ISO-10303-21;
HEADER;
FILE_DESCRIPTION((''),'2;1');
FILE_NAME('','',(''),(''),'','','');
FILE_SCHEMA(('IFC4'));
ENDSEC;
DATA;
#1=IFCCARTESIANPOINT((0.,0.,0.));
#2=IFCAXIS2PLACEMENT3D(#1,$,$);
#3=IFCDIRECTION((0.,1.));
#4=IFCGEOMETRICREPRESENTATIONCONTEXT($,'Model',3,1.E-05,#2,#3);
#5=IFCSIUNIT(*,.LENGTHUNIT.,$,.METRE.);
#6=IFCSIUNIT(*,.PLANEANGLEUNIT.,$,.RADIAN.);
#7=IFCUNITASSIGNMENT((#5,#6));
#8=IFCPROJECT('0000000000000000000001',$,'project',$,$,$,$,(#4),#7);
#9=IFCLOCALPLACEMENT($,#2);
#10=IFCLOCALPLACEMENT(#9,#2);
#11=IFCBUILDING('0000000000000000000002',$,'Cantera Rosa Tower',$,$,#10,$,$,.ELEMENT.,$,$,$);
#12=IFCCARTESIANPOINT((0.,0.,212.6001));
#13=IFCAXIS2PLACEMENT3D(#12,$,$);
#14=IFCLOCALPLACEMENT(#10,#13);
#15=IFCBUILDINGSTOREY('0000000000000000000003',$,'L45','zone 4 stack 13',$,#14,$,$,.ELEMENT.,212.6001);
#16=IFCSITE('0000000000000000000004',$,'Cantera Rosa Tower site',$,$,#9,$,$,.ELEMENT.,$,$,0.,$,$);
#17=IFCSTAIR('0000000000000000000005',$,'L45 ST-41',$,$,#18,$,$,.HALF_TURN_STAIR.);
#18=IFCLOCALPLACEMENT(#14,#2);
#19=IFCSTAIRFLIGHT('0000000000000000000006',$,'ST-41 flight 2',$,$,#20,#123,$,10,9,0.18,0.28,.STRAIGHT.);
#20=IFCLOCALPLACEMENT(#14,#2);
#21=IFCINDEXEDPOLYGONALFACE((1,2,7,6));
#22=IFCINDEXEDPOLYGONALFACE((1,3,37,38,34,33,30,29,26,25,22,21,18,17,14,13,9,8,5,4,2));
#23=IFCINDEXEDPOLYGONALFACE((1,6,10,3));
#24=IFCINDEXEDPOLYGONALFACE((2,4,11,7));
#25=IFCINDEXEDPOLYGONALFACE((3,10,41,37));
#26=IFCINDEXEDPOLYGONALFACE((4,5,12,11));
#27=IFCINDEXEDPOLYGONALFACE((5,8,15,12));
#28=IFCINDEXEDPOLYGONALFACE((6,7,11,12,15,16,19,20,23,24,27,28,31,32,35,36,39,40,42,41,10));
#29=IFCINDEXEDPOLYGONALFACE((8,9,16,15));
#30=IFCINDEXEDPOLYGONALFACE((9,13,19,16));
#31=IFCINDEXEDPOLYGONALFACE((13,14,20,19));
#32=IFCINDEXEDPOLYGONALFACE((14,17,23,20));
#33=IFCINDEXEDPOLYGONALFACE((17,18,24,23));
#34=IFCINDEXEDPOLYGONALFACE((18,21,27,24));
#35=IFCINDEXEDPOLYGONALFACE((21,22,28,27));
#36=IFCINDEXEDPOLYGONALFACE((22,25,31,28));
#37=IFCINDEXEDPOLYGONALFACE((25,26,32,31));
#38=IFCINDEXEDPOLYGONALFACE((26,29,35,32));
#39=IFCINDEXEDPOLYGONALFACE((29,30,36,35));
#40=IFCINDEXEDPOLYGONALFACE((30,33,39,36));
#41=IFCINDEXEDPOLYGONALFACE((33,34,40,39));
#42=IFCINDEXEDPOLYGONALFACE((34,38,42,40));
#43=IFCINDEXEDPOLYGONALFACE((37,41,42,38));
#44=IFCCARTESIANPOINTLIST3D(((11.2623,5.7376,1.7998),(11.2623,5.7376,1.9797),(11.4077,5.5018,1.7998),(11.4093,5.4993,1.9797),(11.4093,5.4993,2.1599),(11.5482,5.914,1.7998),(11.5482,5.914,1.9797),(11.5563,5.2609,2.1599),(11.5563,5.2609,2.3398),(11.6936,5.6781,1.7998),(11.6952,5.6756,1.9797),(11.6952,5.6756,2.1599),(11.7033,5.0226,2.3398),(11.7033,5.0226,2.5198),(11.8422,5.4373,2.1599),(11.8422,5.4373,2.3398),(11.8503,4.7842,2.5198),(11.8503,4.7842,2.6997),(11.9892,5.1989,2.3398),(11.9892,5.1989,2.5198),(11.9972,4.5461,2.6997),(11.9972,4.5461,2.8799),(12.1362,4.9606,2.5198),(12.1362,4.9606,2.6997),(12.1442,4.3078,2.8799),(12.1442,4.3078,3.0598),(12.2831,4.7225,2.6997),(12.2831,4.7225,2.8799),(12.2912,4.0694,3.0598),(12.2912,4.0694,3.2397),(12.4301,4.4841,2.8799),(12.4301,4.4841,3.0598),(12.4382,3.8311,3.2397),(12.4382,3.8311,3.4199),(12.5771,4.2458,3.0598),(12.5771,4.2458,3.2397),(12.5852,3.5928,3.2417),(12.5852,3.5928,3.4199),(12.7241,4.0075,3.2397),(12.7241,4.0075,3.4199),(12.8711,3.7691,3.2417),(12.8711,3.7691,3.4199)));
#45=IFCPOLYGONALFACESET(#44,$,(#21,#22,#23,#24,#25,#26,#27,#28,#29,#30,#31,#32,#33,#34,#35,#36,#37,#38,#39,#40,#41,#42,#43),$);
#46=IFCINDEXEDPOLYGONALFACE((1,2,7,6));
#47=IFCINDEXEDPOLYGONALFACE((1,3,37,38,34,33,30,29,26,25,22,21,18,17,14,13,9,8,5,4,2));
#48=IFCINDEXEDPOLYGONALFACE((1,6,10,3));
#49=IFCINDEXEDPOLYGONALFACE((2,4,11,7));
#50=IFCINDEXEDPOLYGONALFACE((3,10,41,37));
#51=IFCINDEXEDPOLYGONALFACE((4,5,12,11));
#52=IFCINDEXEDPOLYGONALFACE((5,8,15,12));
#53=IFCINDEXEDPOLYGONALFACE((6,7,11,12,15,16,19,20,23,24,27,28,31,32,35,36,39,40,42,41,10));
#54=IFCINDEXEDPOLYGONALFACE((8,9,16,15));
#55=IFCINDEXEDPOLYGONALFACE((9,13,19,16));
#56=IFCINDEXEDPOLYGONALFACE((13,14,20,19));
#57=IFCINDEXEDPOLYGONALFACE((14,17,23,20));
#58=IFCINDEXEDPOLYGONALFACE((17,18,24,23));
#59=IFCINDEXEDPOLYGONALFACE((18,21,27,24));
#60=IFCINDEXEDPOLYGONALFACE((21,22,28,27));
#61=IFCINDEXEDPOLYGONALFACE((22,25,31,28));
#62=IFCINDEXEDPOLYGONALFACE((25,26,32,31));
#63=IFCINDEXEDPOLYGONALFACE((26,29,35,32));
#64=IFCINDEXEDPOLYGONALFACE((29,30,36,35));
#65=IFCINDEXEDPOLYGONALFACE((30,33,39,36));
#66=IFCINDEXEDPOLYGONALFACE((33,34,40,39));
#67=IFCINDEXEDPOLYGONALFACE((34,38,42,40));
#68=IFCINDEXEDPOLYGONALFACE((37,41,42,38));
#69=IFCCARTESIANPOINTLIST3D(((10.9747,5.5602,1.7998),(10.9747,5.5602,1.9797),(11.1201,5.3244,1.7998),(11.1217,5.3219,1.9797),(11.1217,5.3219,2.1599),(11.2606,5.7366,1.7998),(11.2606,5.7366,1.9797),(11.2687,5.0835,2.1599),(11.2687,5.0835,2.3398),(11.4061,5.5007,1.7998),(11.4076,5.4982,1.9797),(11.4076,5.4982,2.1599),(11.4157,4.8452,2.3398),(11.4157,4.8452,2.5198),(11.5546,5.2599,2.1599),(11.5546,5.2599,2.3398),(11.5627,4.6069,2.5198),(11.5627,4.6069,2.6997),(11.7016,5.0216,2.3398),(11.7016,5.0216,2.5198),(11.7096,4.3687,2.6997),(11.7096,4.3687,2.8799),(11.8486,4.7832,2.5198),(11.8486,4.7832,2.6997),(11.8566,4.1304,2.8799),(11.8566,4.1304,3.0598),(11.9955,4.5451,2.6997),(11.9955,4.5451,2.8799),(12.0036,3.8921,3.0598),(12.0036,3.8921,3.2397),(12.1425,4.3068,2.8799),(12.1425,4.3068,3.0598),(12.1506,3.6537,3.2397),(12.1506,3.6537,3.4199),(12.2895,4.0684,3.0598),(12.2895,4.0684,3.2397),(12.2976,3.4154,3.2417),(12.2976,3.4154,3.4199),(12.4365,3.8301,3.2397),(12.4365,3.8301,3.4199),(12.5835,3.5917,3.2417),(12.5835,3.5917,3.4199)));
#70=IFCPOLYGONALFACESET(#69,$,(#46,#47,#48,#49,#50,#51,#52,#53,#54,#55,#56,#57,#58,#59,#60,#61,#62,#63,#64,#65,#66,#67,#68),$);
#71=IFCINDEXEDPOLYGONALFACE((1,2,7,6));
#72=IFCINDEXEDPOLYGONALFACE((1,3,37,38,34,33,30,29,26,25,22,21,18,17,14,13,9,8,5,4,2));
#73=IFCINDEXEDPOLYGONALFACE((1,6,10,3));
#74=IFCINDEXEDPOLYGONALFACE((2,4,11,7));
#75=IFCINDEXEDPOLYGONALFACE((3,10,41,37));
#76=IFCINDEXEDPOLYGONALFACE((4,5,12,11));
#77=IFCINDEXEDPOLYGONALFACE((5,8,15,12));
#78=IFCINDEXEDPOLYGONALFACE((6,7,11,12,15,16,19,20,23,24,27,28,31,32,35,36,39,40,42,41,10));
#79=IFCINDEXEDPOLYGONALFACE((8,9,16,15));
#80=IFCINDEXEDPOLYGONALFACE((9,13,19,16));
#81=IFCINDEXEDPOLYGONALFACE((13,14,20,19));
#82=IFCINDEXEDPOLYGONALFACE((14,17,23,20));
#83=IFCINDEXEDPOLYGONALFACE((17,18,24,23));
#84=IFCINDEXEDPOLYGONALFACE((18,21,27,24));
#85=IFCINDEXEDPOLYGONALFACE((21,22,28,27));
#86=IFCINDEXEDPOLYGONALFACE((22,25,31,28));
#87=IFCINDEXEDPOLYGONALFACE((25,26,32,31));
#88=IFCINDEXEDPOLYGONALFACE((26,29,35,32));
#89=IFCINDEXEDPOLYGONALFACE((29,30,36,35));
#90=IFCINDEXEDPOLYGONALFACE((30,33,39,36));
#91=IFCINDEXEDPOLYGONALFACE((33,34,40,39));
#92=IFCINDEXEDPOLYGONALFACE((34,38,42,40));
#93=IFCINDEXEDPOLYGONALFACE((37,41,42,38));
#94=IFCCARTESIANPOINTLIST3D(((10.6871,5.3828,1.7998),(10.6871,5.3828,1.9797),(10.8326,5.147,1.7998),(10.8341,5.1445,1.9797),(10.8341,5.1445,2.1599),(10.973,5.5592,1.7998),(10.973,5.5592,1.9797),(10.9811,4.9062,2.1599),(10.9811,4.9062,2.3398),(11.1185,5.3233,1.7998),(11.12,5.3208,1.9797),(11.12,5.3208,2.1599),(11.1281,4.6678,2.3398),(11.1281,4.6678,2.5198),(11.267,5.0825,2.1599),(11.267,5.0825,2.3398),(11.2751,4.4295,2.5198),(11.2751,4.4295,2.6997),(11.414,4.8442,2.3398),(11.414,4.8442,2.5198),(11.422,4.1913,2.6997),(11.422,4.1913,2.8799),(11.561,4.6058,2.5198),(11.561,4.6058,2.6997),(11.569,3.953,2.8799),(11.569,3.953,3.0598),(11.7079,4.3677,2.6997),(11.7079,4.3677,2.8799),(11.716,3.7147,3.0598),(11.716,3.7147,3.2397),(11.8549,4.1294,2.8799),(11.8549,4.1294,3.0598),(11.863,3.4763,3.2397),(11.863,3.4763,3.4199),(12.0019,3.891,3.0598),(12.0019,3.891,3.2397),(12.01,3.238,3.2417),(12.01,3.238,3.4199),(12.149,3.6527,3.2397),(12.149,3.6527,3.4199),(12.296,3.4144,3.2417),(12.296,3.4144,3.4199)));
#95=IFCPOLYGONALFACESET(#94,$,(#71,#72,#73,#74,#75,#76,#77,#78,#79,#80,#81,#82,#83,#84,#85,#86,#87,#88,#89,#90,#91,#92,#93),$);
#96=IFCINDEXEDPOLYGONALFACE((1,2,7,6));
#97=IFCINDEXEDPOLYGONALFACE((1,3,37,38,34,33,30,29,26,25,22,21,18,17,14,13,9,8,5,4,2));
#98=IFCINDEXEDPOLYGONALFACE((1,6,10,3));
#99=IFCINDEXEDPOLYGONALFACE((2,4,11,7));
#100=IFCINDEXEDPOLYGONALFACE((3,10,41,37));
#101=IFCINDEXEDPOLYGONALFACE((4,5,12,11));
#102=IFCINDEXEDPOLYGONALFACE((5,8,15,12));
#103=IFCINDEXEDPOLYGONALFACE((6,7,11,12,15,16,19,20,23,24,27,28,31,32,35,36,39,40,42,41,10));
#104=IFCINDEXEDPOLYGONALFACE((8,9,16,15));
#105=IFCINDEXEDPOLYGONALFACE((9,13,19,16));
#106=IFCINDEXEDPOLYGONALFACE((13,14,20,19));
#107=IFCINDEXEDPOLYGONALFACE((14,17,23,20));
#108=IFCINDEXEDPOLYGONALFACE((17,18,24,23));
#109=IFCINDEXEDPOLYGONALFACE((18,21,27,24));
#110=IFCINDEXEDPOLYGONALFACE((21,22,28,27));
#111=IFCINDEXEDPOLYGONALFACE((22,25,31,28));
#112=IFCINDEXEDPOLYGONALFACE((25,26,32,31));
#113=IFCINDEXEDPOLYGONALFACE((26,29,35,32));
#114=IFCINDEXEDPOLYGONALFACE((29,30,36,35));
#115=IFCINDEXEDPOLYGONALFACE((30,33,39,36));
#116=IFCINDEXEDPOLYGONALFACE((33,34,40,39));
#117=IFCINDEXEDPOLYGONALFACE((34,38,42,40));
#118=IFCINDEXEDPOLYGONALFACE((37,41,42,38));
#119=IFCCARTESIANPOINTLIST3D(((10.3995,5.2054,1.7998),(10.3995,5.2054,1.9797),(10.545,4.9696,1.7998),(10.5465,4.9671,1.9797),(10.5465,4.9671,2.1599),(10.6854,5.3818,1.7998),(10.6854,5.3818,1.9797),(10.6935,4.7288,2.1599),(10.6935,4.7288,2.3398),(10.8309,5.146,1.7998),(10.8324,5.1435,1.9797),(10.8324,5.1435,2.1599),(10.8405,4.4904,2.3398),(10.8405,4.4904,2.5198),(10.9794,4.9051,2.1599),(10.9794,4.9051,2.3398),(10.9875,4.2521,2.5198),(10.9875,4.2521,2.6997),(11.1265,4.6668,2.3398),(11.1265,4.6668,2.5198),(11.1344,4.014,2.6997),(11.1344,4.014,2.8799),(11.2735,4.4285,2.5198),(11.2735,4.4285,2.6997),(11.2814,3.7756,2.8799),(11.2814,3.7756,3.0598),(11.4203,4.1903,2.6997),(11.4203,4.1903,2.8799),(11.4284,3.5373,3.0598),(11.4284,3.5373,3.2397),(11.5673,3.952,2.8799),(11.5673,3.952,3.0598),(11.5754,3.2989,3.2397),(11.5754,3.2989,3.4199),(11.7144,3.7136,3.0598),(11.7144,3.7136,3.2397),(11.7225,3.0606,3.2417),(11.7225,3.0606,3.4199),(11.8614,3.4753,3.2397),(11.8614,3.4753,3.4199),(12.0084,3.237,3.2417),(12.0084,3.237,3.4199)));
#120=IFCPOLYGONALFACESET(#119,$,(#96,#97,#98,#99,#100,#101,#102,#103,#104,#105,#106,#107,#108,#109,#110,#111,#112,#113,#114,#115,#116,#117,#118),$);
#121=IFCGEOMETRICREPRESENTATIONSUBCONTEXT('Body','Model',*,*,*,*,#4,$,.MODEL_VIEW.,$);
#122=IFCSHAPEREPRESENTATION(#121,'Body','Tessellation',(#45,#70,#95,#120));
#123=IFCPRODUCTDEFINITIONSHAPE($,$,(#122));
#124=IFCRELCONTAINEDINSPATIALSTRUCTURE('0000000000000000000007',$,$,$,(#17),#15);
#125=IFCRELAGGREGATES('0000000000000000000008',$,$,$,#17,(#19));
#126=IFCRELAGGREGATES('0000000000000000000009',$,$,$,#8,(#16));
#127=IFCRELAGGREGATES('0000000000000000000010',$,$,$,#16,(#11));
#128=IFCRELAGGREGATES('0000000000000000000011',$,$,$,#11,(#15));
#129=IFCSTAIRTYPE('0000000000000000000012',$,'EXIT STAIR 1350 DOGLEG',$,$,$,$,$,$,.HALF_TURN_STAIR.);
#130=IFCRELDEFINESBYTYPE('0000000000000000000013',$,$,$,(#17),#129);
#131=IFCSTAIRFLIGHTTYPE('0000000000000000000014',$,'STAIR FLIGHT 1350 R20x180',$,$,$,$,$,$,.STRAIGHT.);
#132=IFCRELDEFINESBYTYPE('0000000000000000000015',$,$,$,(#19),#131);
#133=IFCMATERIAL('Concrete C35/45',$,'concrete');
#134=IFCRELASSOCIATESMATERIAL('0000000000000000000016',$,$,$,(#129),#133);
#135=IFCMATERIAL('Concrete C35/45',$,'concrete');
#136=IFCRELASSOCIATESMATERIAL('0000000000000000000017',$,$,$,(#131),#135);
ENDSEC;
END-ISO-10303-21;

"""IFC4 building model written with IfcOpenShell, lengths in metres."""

from ifc_helpers import new_model, si_unit, direction, frame, origin, place, context, subcontext, project, spatial, polyline, outline, extrude, material, type_object, element, aggregate, save


model = new_model("IFC4")

# Units and contexts
model_context = context("Model", 3, precision=1e-05, world=origin(), true_north=direction((0.0, 1.0)))
body_context = subcontext(model_context, "Body", "Model", "MODEL_VIEW")
ifc_project = project(units=[si_unit("LENGTHUNIT", "METRE"), si_unit("PLANEANGLEUNIT", "RADIAN")], contexts=[model_context])

# Site, building, storey
site_placement = place(None, origin())
site = spatial("IfcSite", under=ifc_project, at=site_placement, Name="Cantera Rosa Tower site", CompositionType="ELEMENT", RefElevation=0.0)
building_placement = place(site_placement, origin())
building = spatial("IfcBuilding", under=site, at=building_placement, Name="Cantera Rosa Tower", CompositionType="ELEMENT")
storey_placement = place(building_placement, frame((0.0, 0.0, 212.6001)))
storey = spatial("IfcBuildingStorey", under=building, at=storey_placement, Name="L45", Description="zone 4 stack 13", CompositionType="ELEMENT", Elevation=212.6001)

# Stair, stair flight
ifc_material_1 = material(Name="Concrete C35/45", Category="concrete")
stair_type = type_object("IfcStairType", Name="EXIT STAIR 1350 DOGLEG", PredefinedType="HALF_TURN_STAIR", material=ifc_material_1)
stair_1_placement = place(storey_placement, origin())
stair_1 = element("IfcStair", 1, at=stair_1_placement, inside=storey, type_object=stair_type, Name="L45 ST-41", PredefinedType="HALF_TURN_STAIR")
ifc_material_2 = material(Name="Concrete C35/45", Category="concrete")
stair_flight_type = type_object("IfcStairFlightType", Name="STAIR FLIGHT 1350 R20x180", PredefinedType="STRAIGHT", material=ifc_material_2)
stair_flight_1_placement = place(storey_placement, frame((10.9736, 5.5596, 1.7998), z_axis=(0.0, 0.0, 1.0), x_axis=(0.524977, -0.851117, 0.0)))
stair_flight_1 = element("IfcStairFlight", 2, at=stair_flight_1_placement, type_object=stair_flight_type, Name="ST-41 flight 2", NumberOfRisers=10, NumberOfTreads=9, PredefinedType="STRAIGHT", RiserHeight=0.18, TreadLength=0.28, context=body_context, shape_type="SweptSolid", body=[
    extrude(outline(polyline([(0.0, 0.0), (0.0, 0.1799), (0.28, 0.1799), (0.28, 0.3601), (0.5601, 0.3601), (0.5601, 0.54), (0.8401, 0.54), (0.8401, 0.72), (1.1201, 0.72), (1.1201, 0.8999), (1.3999, 0.8999), (1.3999, 1.0801), (1.6799, 1.0801), (1.6799, 1.26), (1.96, 1.26), (1.96, 1.4399), (2.24, 1.4399), (2.24, 1.6201), (2.52, 1.6201), (2.52, 1.8), (2.52, 1.4419), (0.2771, 0.0), (0.0, 0.0)])), frame((0.0, 0.675, 0.0), z_axis=(0.0, -1.0, 0.0), x_axis=(1.0, 0.0, 0.0)), (0.0, 0.0, 1.0), 0.3359),
    extrude(outline(polyline([(0.0, 0.0), (0.0, 0.1799), (0.28, 0.1799), (0.28, 0.3601), (0.5601, 0.3601), (0.5601, 0.54), (0.8401, 0.54), (0.8401, 0.72), (1.1201, 0.72), (1.1201, 0.8999), (1.3999, 0.8999), (1.3999, 1.0801), (1.6799, 1.0801), (1.6799, 1.26), (1.96, 1.26), (1.96, 1.4399), (2.24, 1.4399), (2.24, 1.6201), (2.52, 1.6201), (2.52, 1.8), (2.52, 1.4419), (0.2771, 0.0), (0.0, 0.0)])), frame((0.0, 0.3372, 0.0), z_axis=(0.0, -1.0, 0.0), x_axis=(1.0, 0.0, 0.0)), (0.0, 0.0, 1.0), 0.3359),
    extrude(outline(polyline([(0.0, 0.0), (0.0, 0.1799), (0.28, 0.1799), (0.28, 0.3601), (0.5601, 0.3601), (0.5601, 0.54), (0.8401, 0.54), (0.8401, 0.72), (1.1201, 0.72), (1.1201, 0.8999), (1.3999, 0.8999), (1.3999, 1.0801), (1.6799, 1.0801), (1.6799, 1.26), (1.96, 1.26), (1.96, 1.4399), (2.24, 1.4399), (2.24, 1.6201), (2.52, 1.6201), (2.52, 1.8), (2.52, 1.4419), (0.2771, 0.0), (0.0, 0.0)])), frame((0.0, -0.0007, 0.0), z_axis=(0.0, -1.0, 0.0), x_axis=(1.0, 0.0, 0.0)), (0.0, 0.0, 1.0), 0.3359),
    extrude(outline(polyline([(0.0, 0.0), (0.0, 0.1799), (0.28, 0.1799), (0.28, 0.3601), (0.5601, 0.3601), (0.5601, 0.54), (0.8401, 0.54), (0.8401, 0.72), (1.1201, 0.72), (1.1201, 0.8999), (1.3999, 0.8999), (1.3999, 1.0801), (1.6799, 1.0801), (1.6799, 1.26), (1.96, 1.26), (1.96, 1.4399), (2.24, 1.4399), (2.24, 1.6201), (2.52, 1.6201), (2.52, 1.8), (2.52, 1.4419), (0.2771, 0.0), (0.0, 0.0)])), frame((0.0, -0.3386, 0.0), z_axis=(0.0, -1.0, 0.0), x_axis=(1.0, 0.0, 0.0)), (0.0, 0.0, 1.0), 0.3359),
])
aggregate(stair_1, [stair_flight_1])

save(model, "model.ifc")
